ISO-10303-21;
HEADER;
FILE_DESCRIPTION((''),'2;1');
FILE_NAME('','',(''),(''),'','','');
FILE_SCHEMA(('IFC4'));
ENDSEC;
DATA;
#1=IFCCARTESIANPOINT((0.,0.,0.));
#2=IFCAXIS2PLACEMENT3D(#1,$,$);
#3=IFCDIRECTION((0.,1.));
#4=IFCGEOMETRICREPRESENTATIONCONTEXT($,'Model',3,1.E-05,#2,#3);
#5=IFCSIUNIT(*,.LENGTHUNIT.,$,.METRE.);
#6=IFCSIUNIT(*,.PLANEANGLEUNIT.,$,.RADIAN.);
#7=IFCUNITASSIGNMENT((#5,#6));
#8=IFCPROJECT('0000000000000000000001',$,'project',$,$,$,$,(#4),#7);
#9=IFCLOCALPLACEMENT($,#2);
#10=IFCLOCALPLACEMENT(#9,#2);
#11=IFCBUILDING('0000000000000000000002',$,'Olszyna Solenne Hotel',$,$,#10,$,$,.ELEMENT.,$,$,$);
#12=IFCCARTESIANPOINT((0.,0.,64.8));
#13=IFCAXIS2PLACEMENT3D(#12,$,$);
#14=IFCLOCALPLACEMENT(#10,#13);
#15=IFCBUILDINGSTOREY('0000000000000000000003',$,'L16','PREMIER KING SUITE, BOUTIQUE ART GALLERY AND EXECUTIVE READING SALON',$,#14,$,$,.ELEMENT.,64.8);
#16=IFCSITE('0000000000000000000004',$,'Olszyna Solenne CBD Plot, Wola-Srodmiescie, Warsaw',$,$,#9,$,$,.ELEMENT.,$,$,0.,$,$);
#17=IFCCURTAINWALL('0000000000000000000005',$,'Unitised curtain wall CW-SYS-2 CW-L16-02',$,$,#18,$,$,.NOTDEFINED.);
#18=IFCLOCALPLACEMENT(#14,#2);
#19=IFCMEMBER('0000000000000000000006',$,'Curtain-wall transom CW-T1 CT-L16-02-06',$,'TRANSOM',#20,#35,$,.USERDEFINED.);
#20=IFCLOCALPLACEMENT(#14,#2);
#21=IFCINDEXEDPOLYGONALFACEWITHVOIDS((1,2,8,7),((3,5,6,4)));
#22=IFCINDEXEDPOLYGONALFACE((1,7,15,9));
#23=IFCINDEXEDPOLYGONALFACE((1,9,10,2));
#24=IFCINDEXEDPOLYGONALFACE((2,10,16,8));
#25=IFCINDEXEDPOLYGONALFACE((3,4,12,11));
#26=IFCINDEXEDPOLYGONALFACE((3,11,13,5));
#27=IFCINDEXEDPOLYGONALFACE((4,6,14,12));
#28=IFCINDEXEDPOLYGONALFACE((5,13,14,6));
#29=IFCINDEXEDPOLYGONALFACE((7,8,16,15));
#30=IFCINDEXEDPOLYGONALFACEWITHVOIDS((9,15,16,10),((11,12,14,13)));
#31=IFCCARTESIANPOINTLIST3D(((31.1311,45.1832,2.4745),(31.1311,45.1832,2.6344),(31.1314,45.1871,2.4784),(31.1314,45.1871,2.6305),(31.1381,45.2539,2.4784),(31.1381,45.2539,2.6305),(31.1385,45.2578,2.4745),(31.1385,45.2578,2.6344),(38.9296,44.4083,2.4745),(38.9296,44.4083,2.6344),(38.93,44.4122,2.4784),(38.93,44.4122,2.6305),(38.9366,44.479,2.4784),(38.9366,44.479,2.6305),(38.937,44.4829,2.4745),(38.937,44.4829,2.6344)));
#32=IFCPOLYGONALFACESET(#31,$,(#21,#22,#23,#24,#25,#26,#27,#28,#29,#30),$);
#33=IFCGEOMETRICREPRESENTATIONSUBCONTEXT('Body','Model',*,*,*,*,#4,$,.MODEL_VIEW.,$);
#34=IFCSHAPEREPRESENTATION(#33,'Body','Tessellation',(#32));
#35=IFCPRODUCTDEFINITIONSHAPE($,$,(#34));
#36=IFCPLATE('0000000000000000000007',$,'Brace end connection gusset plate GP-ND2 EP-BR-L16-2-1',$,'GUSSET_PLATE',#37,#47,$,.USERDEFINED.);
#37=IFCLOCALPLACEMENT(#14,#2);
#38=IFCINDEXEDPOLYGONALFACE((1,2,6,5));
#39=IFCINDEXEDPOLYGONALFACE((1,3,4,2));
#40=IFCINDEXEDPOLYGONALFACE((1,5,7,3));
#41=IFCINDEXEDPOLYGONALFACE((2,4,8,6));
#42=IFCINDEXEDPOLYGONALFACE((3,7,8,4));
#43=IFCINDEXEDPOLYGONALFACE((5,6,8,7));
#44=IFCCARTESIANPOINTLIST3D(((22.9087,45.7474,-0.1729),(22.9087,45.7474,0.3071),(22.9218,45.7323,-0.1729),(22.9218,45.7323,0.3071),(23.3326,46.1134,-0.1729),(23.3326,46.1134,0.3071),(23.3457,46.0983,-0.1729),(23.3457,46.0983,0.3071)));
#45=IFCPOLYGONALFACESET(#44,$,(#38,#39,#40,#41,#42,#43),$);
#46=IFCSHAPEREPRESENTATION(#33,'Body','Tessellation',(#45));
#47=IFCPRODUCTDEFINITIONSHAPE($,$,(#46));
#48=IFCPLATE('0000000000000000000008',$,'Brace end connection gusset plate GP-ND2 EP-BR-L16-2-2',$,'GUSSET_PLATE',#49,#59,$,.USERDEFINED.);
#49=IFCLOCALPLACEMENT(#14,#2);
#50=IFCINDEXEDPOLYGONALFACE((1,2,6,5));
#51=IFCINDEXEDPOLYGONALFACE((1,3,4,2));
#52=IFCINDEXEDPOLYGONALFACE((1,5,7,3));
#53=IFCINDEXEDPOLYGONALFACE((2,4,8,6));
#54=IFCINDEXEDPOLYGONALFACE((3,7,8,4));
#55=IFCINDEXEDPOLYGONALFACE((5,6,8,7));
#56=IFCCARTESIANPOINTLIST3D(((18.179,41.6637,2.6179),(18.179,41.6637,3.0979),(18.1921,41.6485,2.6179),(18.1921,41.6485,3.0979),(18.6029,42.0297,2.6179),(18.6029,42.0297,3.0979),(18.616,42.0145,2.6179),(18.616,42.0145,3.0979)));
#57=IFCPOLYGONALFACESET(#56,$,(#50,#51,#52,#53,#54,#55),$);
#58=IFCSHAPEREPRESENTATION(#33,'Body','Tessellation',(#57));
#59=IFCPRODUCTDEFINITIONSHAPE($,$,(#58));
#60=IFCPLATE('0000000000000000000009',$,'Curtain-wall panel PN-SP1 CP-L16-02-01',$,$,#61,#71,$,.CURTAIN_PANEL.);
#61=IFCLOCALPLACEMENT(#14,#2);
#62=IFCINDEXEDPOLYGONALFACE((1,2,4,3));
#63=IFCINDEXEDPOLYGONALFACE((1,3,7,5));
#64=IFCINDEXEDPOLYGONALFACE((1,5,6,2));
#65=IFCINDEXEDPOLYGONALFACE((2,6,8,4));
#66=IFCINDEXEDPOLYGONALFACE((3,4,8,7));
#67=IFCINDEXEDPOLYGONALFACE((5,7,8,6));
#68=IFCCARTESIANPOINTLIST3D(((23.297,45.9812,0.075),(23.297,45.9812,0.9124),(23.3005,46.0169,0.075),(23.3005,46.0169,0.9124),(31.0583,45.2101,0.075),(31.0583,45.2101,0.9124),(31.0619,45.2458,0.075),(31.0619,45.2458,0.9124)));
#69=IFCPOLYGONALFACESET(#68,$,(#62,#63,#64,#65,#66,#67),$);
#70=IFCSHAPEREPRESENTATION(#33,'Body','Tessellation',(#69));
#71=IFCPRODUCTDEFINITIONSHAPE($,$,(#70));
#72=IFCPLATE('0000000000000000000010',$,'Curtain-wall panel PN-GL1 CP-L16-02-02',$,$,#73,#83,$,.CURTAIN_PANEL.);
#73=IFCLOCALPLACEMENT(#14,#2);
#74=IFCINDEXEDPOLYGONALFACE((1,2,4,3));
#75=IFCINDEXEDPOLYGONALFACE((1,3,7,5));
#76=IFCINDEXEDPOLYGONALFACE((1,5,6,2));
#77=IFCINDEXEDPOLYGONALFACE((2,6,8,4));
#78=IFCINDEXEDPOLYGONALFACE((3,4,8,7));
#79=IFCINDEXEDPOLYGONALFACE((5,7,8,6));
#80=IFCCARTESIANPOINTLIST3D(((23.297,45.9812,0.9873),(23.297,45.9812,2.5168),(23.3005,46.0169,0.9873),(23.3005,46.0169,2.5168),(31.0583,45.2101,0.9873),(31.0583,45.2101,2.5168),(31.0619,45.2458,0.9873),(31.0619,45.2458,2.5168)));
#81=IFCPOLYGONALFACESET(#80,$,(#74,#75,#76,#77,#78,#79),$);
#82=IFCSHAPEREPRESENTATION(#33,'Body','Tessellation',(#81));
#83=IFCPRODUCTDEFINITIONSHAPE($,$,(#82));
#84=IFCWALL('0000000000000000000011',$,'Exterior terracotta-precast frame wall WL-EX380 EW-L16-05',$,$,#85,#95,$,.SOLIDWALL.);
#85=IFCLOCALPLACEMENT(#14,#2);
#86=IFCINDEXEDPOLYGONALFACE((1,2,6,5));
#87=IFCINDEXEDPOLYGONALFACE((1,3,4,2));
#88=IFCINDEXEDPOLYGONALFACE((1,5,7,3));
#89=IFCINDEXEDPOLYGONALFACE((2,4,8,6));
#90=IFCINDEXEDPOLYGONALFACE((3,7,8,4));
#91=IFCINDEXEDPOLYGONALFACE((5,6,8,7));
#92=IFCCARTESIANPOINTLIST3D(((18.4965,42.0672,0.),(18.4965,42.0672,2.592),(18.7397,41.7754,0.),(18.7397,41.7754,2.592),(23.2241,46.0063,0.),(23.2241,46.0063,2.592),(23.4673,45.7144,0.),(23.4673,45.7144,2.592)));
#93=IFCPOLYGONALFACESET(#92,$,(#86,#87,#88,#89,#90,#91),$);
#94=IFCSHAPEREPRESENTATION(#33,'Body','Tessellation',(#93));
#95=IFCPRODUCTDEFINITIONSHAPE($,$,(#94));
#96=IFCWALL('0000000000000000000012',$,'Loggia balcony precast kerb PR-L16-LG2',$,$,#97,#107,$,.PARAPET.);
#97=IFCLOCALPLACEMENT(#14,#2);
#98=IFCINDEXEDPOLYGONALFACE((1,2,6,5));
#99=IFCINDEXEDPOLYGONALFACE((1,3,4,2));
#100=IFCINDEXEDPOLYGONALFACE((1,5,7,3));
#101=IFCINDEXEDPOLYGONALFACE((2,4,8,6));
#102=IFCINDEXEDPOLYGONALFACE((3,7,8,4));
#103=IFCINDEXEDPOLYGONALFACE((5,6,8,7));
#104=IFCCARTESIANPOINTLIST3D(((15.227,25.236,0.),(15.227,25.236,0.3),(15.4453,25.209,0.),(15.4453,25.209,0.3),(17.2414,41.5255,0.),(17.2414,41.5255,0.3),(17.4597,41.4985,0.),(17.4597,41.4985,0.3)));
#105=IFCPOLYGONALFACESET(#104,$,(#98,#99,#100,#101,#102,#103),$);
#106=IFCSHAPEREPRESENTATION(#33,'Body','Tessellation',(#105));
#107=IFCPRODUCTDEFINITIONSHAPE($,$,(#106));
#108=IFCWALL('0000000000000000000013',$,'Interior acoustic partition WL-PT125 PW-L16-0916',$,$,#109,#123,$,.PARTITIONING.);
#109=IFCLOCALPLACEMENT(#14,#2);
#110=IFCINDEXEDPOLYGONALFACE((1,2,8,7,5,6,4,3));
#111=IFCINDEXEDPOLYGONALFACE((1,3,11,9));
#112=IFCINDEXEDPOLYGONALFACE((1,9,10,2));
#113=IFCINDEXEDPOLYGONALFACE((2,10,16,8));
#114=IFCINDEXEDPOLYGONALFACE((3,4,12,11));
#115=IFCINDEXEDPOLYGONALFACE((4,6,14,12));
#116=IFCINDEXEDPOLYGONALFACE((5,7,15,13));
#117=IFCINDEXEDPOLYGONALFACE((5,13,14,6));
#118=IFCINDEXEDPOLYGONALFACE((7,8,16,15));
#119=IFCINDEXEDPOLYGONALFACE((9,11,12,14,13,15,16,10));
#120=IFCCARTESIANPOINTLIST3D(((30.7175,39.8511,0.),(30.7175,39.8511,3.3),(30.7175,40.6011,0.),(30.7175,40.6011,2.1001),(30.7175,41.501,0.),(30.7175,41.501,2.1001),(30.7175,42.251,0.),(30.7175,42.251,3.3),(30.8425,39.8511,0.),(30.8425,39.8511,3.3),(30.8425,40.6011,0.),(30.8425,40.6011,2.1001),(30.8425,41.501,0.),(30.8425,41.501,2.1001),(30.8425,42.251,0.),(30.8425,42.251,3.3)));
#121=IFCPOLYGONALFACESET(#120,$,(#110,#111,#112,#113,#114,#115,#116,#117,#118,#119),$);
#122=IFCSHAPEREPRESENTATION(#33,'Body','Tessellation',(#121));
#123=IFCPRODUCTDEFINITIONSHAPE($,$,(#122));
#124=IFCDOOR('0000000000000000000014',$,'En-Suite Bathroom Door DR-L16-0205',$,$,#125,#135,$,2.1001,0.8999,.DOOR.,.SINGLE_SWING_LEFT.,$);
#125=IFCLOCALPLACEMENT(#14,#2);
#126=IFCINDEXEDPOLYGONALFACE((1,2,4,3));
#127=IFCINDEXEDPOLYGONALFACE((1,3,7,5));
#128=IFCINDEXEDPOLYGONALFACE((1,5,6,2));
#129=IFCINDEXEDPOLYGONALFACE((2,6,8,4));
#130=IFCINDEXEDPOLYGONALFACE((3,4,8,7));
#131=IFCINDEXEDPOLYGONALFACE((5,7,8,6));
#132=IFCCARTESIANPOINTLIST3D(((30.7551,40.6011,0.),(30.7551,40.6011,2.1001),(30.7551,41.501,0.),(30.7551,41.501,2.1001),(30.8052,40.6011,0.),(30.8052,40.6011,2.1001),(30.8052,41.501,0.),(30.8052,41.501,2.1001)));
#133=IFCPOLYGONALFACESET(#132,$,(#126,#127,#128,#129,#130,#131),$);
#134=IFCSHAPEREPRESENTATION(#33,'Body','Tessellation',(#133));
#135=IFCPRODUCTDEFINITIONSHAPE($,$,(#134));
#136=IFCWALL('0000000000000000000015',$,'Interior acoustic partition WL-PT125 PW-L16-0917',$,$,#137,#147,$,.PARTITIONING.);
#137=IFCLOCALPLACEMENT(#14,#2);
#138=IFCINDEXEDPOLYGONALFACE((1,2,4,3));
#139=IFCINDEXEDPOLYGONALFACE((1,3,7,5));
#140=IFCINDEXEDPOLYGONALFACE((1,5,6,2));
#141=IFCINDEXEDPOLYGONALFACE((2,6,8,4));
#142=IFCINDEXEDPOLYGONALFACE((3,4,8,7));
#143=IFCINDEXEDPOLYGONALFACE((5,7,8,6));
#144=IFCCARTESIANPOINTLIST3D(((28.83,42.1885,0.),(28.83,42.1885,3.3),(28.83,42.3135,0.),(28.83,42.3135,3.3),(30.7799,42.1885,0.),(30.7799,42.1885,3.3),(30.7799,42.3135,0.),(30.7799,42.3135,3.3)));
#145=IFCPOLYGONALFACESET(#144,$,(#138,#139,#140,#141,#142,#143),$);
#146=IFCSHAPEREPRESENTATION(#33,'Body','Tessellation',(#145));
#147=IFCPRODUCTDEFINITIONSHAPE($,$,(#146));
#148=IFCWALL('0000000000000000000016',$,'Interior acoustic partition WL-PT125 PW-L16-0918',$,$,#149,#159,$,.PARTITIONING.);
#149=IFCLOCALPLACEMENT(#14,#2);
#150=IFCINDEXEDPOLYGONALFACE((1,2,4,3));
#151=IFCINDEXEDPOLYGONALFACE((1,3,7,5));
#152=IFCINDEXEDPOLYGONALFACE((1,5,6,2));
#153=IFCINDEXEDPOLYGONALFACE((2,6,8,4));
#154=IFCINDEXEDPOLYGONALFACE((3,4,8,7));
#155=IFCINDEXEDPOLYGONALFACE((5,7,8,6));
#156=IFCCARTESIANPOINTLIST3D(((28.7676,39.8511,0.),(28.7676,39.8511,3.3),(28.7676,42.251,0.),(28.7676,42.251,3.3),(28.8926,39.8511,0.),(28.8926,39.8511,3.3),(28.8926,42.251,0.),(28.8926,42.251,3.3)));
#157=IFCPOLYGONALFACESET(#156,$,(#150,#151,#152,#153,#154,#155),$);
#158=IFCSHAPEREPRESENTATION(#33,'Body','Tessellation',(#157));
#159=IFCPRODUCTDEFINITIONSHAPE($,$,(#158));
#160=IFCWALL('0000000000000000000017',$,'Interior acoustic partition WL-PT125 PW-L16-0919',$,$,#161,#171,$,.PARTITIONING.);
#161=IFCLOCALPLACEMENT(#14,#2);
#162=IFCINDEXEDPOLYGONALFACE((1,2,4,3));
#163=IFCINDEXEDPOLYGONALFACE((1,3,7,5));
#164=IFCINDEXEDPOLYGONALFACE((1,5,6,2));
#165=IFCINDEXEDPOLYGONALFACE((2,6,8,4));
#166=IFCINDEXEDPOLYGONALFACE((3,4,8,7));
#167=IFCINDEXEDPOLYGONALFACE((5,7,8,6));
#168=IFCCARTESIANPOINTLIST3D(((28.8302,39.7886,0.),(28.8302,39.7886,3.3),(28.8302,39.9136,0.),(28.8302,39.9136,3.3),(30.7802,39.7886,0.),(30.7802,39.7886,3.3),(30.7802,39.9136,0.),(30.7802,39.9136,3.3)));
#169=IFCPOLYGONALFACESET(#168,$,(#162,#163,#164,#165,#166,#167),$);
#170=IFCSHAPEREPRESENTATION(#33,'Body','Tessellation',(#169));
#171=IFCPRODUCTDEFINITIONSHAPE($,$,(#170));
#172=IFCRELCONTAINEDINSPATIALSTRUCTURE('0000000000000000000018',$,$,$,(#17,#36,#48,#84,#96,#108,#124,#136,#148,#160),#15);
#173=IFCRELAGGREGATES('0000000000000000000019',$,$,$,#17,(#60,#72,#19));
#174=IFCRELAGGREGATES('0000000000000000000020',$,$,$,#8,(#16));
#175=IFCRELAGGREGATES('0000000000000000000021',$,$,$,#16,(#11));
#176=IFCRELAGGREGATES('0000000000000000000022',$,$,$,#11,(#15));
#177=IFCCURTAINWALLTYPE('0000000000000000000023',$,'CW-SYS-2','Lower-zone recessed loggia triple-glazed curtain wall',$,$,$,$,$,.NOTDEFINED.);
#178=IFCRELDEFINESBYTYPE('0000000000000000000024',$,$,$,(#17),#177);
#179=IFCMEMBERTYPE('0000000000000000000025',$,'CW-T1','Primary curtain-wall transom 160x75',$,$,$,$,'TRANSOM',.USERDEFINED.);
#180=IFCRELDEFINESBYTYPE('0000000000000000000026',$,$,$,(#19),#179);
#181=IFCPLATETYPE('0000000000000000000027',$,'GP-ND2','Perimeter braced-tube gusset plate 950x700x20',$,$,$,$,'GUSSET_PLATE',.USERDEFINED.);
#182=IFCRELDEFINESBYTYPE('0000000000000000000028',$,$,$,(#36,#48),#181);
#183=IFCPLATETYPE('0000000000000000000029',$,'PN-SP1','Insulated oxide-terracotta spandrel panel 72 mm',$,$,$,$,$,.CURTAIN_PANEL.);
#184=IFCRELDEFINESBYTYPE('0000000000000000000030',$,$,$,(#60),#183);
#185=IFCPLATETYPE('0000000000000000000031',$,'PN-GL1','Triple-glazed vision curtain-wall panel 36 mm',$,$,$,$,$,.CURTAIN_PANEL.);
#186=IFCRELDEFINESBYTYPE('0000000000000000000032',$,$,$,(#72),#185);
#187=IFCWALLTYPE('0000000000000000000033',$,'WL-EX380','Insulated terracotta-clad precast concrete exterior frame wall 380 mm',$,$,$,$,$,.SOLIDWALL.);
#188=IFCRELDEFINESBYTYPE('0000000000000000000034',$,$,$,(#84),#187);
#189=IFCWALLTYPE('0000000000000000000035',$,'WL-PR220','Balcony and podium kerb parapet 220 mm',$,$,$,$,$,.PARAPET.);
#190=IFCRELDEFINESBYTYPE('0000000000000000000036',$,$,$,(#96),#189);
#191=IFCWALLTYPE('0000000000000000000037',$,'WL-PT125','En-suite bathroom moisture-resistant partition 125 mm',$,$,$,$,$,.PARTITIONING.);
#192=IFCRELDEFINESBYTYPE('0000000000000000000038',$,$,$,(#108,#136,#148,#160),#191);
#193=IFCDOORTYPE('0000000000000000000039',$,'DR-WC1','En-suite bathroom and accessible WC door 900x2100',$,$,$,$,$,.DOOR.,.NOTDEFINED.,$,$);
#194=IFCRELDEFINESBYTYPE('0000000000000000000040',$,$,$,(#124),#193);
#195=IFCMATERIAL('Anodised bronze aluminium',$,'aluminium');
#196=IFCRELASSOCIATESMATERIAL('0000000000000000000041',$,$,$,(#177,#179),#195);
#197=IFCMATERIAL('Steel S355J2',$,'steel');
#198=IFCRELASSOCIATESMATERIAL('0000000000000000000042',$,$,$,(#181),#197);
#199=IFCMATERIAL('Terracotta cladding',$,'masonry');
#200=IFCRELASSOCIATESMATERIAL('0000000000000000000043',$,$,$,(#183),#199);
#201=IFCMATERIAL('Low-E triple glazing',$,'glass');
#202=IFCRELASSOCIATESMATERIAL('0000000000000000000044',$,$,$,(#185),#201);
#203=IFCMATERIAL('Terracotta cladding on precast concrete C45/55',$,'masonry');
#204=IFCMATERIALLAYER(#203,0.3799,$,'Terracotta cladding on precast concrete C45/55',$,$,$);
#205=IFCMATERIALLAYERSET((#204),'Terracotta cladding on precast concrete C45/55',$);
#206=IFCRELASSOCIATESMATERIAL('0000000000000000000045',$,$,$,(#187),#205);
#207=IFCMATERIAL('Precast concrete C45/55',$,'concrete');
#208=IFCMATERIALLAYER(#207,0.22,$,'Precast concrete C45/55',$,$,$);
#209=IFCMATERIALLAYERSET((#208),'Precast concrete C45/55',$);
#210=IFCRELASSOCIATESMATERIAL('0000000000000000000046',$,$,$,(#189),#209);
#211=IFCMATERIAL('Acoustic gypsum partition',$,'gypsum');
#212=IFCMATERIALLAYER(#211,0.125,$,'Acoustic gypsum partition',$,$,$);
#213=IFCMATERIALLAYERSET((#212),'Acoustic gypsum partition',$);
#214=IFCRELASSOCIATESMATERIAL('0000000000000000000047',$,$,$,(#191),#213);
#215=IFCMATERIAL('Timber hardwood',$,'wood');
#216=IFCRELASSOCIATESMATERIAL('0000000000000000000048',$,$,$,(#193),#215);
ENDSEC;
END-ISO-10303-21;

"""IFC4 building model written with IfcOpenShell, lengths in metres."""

from ifc_helpers import new_model, si_unit, direction, frame, frame_2d, origin, origin_2d, place, context, subcontext, project, spatial, rectangle, hollow_rectangle, extrude, source, transform, mapped, material, layer, layer_set, material_profile, profile_set, type_object, type_shapes, element, fill, aggregate, save


model = new_model("IFC4")

# Units and contexts
model_context = context("Model", 3, precision=1e-05, world=origin(), true_north=direction((0.0, 1.0)))
body_context = subcontext(model_context, "Body", "Model", "MODEL_VIEW")
ifc_project = project(units=[si_unit("LENGTHUNIT", "METRE"), si_unit("PLANEANGLEUNIT", "RADIAN")], contexts=[model_context])

# Site, building, storey
site_placement = place(None, origin())
site = spatial("IfcSite", under=ifc_project, at=site_placement, Name="Olszyna Solenne CBD Plot, Wola-Srodmiescie, Warsaw", CompositionType="ELEMENT", RefElevation=0.0)
building_placement = place(site_placement, origin())
building = spatial("IfcBuilding", under=site, at=building_placement, Name="Olszyna Solenne Hotel", CompositionType="ELEMENT")
storey_placement = place(building_placement, frame((0.0, 0.0, 64.8)))
storey = spatial("IfcBuildingStorey", under=building, at=storey_placement, Name="L16", Description="PREMIER KING SUITE, BOUTIQUE ART GALLERY AND EXECUTIVE READING SALON", CompositionType="ELEMENT", Elevation=64.8)

# Shared definitions
ifc_material_1 = material(Name="Steel S355J2", Category="steel")

# Curtain wall, member
ifc_material_2 = material(Name="Anodised bronze aluminium", Category="aluminium")
curtain_wall_type = type_object("IfcCurtainWallType", Name="CW-SYS-2", Description="Lower-zone recessed loggia triple-glazed curtain wall", PredefinedType="NOTDEFINED", material=ifc_material_2)
curtain_wall_placement = place(storey_placement, origin())
curtain_wall = element("IfcCurtainWall", 1, at=curtain_wall_placement, inside=storey, type_object=curtain_wall_type, Name="Unitised curtain wall CW-SYS-2 CW-L16-02", PredefinedType="NOTDEFINED")
ifc_material_profile_1 = material_profile(ifc_material_2, hollow_rectangle(XDim=0.075, YDim=0.1599, WallThickness=0.0039, at=origin_2d()), Name="TRAN 160x75x4", Category="load-bearing")
ifc_profile_set_1 = profile_set([ifc_material_profile_1], Name="Anodised bronze aluminium")
member_type_1 = type_object("IfcMemberType", Name="CW-T1", Description="Primary curtain-wall transom 160x75", ElementType="TRANSOM", PredefinedType="USERDEFINED", material=ifc_profile_set_1)
shared_shape_1 = source(origin(), body_context, "Body", "SweptSolid", [
    extrude(hollow_rectangle(XDim=0.075, YDim=0.1599, WallThickness=0.0039, at=origin_2d()), origin(), (0.0, 0.0, 1.0), 7.8369),
])
member_1_placement = place(storey_placement, frame((31.1348, 45.2205, 2.5544), z_axis=(0.9951, -0.098878, 0.0), x_axis=(0.098878, 0.9951, 0.0)))
member_1 = element("IfcMember", 2, at=member_1_placement, type_object=member_type_1, Name="Curtain-wall transom CW-T1 CT-L16-02-06", ObjectType="TRANSOM", PredefinedType="USERDEFINED", context=body_context, shape_type="MappedRepresentation", body=[
    mapped(shared_shape_1, transform((0.0, 0.0, 0.0), x_axis=(1.0, 0.0, 0.0), y_axis=(0.0, 1.0, 0.0), z_axis=(0.0, 0.0, 1.0), scale=1.0)),
])

# Plates
plate_type_1 = type_object("IfcPlateType", Name="GP-ND2", Description="Perimeter braced-tube gusset plate 950x700x20", ElementType="GUSSET_PLATE", PredefinedType="USERDEFINED", material=ifc_material_1)
shared_shape_2 = source(origin(), body_context, "Body", "SweptSolid", [
    extrude(rectangle(XDim=0.5601, YDim=0.02, at=origin_2d()), origin(), (0.0, 0.0, 1.0), 0.48),
])
for number, where, z_axis, x_axis, name in (
    (3, (23.1272, 45.9229, -0.1729), (0.0, 0.0, 1.0), (-0.756881, -0.653553, 0.0), "Brace end connection gusset plate GP-ND2 EP-BR-L16-2-1"),
    (4, (18.3975, 41.8391, 2.6179), (0.0, 0.0, 1.0), (-0.756881, -0.653553, 0.0), "Brace end connection gusset plate GP-ND2 EP-BR-L16-2-2"),
):
    element("IfcPlate", number, at=place(storey_placement, frame(where, z_axis=z_axis, x_axis=x_axis)), inside=storey, type_object=plate_type_1, Name=name, ObjectType="GUSSET_PLATE", PredefinedType="USERDEFINED", context=body_context, shape_type="MappedRepresentation", body=[
        mapped(shared_shape_2, transform((0.0, 0.0, 0.0), x_axis=(1.0, 0.0, 0.0), y_axis=(0.0, 1.0, 0.0), z_axis=(0.0, 0.0, 1.0), scale=1.0)),
    ])

# Plates
ifc_material_3 = material(Name="Terracotta cladding", Category="masonry")
plate_type_2 = type_object("IfcPlateType", Name="PN-SP1", Description="Insulated oxide-terracotta spandrel panel 72 mm", PredefinedType="CURTAIN_PANEL", material=ifc_material_3)
shared_shape_3 = source(origin(), body_context, "Body", "SweptSolid", [
    extrude(rectangle(XDim=7.7996, YDim=0.0359, at=origin_2d()), origin(), (0.0, 0.0, 1.0), 0.8374),
])
plate_1_placement = place(storey_placement, frame((27.1794, 45.6135, 0.075), z_axis=(0.0, 0.0, 1.0), x_axis=(0.995101, -0.098865, 0.0)))
plate_1 = element("IfcPlate", 5, at=plate_1_placement, type_object=plate_type_2, Name="Curtain-wall panel PN-SP1 CP-L16-02-01", PredefinedType="CURTAIN_PANEL", context=body_context, shape_type="MappedRepresentation", body=[
    mapped(shared_shape_3, transform((0.0, 0.0, 0.0), x_axis=(1.0, 0.0, 0.0), y_axis=(0.0, 1.0, 0.0), z_axis=(0.0, 0.0, 1.0), scale=1.0)),
])
ifc_material_4 = material(Name="Low-E triple glazing", Category="glass")
plate_type_3 = type_object("IfcPlateType", Name="PN-GL1", Description="Triple-glazed vision curtain-wall panel 36 mm", PredefinedType="CURTAIN_PANEL", material=ifc_material_4)
shared_shape_4 = source(origin(), body_context, "Body", "SweptSolid", [
    extrude(rectangle(XDim=7.7996, YDim=0.0359, at=origin_2d()), origin(), (0.0, 0.0, 1.0), 1.5295),
])
plate_2_placement = place(storey_placement, frame((27.1794, 45.6135, 0.9873), z_axis=(0.0, 0.0, 1.0), x_axis=(0.995101, -0.098865, 0.0)))
plate_2 = element("IfcPlate", 6, at=plate_2_placement, type_object=plate_type_3, Name="Curtain-wall panel PN-GL1 CP-L16-02-02", PredefinedType="CURTAIN_PANEL", context=body_context, shape_type="MappedRepresentation", body=[
    mapped(shared_shape_4, transform((0.0, 0.0, 0.0), x_axis=(1.0, 0.0, 0.0), y_axis=(0.0, 1.0, 0.0), z_axis=(0.0, 0.0, 1.0), scale=1.0)),
])
aggregate(curtain_wall, [plate_1, plate_2, member_1])

# Walls
ifc_material_5 = material(Name="Terracotta cladding on precast concrete C45/55", Category="masonry")
ifc_layer_1 = layer(ifc_material_5, 0.3799, Name="Terracotta cladding on precast concrete C45/55")
ifc_layer_set_1 = layer_set([ifc_layer_1], Name="Terracotta cladding on precast concrete C45/55")
wall_type_1 = type_object("IfcWallType", Name="WL-EX380", Description="Insulated terracotta-clad precast concrete exterior frame wall 380 mm", PredefinedType="SOLIDWALL", material=ifc_layer_set_1)
wall_1_placement = place(storey_placement, frame((18.6182, 41.9214, 0.0), z_axis=(0.0, 0.0, 1.0), x_axis=(0.768273, 0.640122, 0.0)))
element("IfcWall", 7, at=wall_1_placement, inside=storey, type_object=wall_type_1, Name="Exterior terracotta-precast frame wall WL-EX380 EW-L16-05", PredefinedType="SOLIDWALL", context=body_context, shape_type="SweptSolid", body=[
    extrude(rectangle(XDim=6.1536, YDim=0.3799, at=frame_2d((3.0767, 0.0))), origin(), (0.0, 0.0, 1.0), 2.592),
])
ifc_material_6 = material(Name="Precast concrete C45/55", Category="concrete")
ifc_layer_2 = layer(ifc_material_6, 0.22, Name="Precast concrete C45/55")
ifc_layer_set_2 = layer_set([ifc_layer_2], Name="Precast concrete C45/55")
wall_type_2 = type_object("IfcWallType", Name="WL-PR220", Description="Balcony and podium kerb parapet 220 mm", PredefinedType="PARAPET", material=ifc_layer_set_2)
wall_2_placement = place(storey_placement, frame((17.3506, 41.512, 0.0), z_axis=(0.0, 0.0, 1.0), x_axis=(-0.122728, -0.99244, 0.0)))
element("IfcWall", 8, at=wall_2_placement, inside=storey, type_object=wall_type_2, Name="Loggia balcony precast kerb PR-L16-LG2", PredefinedType="PARAPET", context=body_context, shape_type="SweptSolid", body=[
    extrude(rectangle(XDim=16.4136, YDim=0.22, at=frame_2d((8.2068, 0.0))), origin(), (0.0, 0.0, 1.0), 0.3),
])

# Wall, opening, door
ifc_material_7 = material(Name="Acoustic gypsum partition", Category="gypsum")
ifc_layer_3 = layer(ifc_material_7, 0.125, Name="Acoustic gypsum partition")
ifc_layer_set_3 = layer_set([ifc_layer_3], Name="Acoustic gypsum partition")
wall_type_3 = type_object("IfcWallType", Name="WL-PT125", Description="En-suite bathroom moisture-resistant partition 125 mm", PredefinedType="PARTITIONING", material=ifc_layer_set_3)
wall_3_placement = place(storey_placement, frame((30.78, 39.8511, 0.0), z_axis=(0.0, 0.0, 1.0), x_axis=(0.0, 1.0, 0.0)))
wall_3 = element("IfcWall", 9, at=wall_3_placement, inside=storey, type_object=wall_type_3, Name="Interior acoustic partition WL-PT125 PW-L16-0916", PredefinedType="PARTITIONING", context=body_context, shape_type="SweptSolid", body=[
    extrude(rectangle(XDim=2.3999, YDim=0.125, at=frame_2d((1.2, 0.0))), origin(), (0.0, 0.0, 1.0), 3.3),
])
opening_placement = place(wall_3_placement, frame((0.75, 0.0, 0.0)))
opening = element("IfcOpeningElement", 10, at=opening_placement, cuts=wall_3, PredefinedType="OPENING", context=body_context, shape_type="SweptSolid", body=[
    extrude(rectangle(XDim=0.8999, YDim=2.1001, at=frame_2d((0.45, 1.05))), frame((0.0, 0.0725, 0.0), z_axis=(0.0, -1.0, 0.0), x_axis=(1.0, 0.0, 0.0)), (0.0, 0.0, 1.0), 0.145),
])
ifc_material_8 = material(Name="Timber hardwood", Category="wood")
door_type = type_object("IfcDoorType", Name="DR-WC1", Description="En-suite bathroom and accessible WC door 900x2100", OperationType="NOTDEFINED", PredefinedType="DOOR", material=ifc_material_8)
shared_shape_5 = source(origin(), body_context, "Body", "SweptSolid", [
    extrude(rectangle(XDim=0.8999, YDim=2.1001, at=frame_2d((0.45, 1.05))), frame((0.0, 0.0249, 0.0), z_axis=(0.0, -1.0, 0.0), x_axis=(1.0, 0.0, 0.0)), (0.0, 0.0, 1.0), 0.05),
])
type_shapes(door_type, [shared_shape_5])
door_placement = place(opening_placement, origin())
door = element("IfcDoor", 11, at=door_placement, inside=storey, type_object=door_type, Name="En-Suite Bathroom Door DR-L16-0205", OperationType="SINGLE_SWING_LEFT", OverallHeight=2.1001, OverallWidth=0.8999, PredefinedType="DOOR", context=body_context, shape_type="MappedRepresentation", body=[
    mapped(shared_shape_5, transform((0.0, 0.0, 0.0), x_axis=(1.0, 0.0, 0.0), y_axis=(0.0, 1.0, 0.0), z_axis=(0.0, 0.0, 1.0), scale=1.0)),
])
fill(opening, door)

# Walls
wall_4_placement = place(storey_placement, frame((30.78, 42.251, 0.0), z_axis=(0.0, 0.0, 1.0), x_axis=(-1.0, 0.0, 0.0)))
element("IfcWall", 12, at=wall_4_placement, inside=storey, type_object=wall_type_3, Name="Interior acoustic partition WL-PT125 PW-L16-0917", PredefinedType="PARTITIONING", context=body_context, shape_type="SweptSolid", body=[
    extrude(rectangle(XDim=1.95, YDim=0.125, at=frame_2d((0.9751, 0.0))), origin(), (0.0, 0.0, 1.0), 3.3),
])
wall_5_placement = place(storey_placement, frame((28.8301, 42.251, 0.0), z_axis=(0.0, 0.0, 1.0), x_axis=(0.0, -1.0, 0.0)))
element("IfcWall", 13, at=wall_5_placement, inside=storey, type_object=wall_type_3, Name="Interior acoustic partition WL-PT125 PW-L16-0918", PredefinedType="PARTITIONING", context=body_context, shape_type="SweptSolid", body=[
    extrude(rectangle(XDim=2.3999, YDim=0.125, at=frame_2d((1.2, 0.0))), origin(), (0.0, 0.0, 1.0), 3.3),
])
wall_6_placement = place(storey_placement, frame((28.8301, 39.8511, 0.0), z_axis=(0.0, 0.0, 1.0), x_axis=(1.0, 0.0, 0.0)))
element("IfcWall", 14, at=wall_6_placement, inside=storey, type_object=wall_type_3, Name="Interior acoustic partition WL-PT125 PW-L16-0919", PredefinedType="PARTITIONING", context=body_context, shape_type="SweptSolid", body=[
    extrude(rectangle(XDim=1.95, YDim=0.125, at=frame_2d((0.9751, 0.0))), origin(), (0.0, 0.0, 1.0), 3.3),
])

save(model, "model.ifc")
